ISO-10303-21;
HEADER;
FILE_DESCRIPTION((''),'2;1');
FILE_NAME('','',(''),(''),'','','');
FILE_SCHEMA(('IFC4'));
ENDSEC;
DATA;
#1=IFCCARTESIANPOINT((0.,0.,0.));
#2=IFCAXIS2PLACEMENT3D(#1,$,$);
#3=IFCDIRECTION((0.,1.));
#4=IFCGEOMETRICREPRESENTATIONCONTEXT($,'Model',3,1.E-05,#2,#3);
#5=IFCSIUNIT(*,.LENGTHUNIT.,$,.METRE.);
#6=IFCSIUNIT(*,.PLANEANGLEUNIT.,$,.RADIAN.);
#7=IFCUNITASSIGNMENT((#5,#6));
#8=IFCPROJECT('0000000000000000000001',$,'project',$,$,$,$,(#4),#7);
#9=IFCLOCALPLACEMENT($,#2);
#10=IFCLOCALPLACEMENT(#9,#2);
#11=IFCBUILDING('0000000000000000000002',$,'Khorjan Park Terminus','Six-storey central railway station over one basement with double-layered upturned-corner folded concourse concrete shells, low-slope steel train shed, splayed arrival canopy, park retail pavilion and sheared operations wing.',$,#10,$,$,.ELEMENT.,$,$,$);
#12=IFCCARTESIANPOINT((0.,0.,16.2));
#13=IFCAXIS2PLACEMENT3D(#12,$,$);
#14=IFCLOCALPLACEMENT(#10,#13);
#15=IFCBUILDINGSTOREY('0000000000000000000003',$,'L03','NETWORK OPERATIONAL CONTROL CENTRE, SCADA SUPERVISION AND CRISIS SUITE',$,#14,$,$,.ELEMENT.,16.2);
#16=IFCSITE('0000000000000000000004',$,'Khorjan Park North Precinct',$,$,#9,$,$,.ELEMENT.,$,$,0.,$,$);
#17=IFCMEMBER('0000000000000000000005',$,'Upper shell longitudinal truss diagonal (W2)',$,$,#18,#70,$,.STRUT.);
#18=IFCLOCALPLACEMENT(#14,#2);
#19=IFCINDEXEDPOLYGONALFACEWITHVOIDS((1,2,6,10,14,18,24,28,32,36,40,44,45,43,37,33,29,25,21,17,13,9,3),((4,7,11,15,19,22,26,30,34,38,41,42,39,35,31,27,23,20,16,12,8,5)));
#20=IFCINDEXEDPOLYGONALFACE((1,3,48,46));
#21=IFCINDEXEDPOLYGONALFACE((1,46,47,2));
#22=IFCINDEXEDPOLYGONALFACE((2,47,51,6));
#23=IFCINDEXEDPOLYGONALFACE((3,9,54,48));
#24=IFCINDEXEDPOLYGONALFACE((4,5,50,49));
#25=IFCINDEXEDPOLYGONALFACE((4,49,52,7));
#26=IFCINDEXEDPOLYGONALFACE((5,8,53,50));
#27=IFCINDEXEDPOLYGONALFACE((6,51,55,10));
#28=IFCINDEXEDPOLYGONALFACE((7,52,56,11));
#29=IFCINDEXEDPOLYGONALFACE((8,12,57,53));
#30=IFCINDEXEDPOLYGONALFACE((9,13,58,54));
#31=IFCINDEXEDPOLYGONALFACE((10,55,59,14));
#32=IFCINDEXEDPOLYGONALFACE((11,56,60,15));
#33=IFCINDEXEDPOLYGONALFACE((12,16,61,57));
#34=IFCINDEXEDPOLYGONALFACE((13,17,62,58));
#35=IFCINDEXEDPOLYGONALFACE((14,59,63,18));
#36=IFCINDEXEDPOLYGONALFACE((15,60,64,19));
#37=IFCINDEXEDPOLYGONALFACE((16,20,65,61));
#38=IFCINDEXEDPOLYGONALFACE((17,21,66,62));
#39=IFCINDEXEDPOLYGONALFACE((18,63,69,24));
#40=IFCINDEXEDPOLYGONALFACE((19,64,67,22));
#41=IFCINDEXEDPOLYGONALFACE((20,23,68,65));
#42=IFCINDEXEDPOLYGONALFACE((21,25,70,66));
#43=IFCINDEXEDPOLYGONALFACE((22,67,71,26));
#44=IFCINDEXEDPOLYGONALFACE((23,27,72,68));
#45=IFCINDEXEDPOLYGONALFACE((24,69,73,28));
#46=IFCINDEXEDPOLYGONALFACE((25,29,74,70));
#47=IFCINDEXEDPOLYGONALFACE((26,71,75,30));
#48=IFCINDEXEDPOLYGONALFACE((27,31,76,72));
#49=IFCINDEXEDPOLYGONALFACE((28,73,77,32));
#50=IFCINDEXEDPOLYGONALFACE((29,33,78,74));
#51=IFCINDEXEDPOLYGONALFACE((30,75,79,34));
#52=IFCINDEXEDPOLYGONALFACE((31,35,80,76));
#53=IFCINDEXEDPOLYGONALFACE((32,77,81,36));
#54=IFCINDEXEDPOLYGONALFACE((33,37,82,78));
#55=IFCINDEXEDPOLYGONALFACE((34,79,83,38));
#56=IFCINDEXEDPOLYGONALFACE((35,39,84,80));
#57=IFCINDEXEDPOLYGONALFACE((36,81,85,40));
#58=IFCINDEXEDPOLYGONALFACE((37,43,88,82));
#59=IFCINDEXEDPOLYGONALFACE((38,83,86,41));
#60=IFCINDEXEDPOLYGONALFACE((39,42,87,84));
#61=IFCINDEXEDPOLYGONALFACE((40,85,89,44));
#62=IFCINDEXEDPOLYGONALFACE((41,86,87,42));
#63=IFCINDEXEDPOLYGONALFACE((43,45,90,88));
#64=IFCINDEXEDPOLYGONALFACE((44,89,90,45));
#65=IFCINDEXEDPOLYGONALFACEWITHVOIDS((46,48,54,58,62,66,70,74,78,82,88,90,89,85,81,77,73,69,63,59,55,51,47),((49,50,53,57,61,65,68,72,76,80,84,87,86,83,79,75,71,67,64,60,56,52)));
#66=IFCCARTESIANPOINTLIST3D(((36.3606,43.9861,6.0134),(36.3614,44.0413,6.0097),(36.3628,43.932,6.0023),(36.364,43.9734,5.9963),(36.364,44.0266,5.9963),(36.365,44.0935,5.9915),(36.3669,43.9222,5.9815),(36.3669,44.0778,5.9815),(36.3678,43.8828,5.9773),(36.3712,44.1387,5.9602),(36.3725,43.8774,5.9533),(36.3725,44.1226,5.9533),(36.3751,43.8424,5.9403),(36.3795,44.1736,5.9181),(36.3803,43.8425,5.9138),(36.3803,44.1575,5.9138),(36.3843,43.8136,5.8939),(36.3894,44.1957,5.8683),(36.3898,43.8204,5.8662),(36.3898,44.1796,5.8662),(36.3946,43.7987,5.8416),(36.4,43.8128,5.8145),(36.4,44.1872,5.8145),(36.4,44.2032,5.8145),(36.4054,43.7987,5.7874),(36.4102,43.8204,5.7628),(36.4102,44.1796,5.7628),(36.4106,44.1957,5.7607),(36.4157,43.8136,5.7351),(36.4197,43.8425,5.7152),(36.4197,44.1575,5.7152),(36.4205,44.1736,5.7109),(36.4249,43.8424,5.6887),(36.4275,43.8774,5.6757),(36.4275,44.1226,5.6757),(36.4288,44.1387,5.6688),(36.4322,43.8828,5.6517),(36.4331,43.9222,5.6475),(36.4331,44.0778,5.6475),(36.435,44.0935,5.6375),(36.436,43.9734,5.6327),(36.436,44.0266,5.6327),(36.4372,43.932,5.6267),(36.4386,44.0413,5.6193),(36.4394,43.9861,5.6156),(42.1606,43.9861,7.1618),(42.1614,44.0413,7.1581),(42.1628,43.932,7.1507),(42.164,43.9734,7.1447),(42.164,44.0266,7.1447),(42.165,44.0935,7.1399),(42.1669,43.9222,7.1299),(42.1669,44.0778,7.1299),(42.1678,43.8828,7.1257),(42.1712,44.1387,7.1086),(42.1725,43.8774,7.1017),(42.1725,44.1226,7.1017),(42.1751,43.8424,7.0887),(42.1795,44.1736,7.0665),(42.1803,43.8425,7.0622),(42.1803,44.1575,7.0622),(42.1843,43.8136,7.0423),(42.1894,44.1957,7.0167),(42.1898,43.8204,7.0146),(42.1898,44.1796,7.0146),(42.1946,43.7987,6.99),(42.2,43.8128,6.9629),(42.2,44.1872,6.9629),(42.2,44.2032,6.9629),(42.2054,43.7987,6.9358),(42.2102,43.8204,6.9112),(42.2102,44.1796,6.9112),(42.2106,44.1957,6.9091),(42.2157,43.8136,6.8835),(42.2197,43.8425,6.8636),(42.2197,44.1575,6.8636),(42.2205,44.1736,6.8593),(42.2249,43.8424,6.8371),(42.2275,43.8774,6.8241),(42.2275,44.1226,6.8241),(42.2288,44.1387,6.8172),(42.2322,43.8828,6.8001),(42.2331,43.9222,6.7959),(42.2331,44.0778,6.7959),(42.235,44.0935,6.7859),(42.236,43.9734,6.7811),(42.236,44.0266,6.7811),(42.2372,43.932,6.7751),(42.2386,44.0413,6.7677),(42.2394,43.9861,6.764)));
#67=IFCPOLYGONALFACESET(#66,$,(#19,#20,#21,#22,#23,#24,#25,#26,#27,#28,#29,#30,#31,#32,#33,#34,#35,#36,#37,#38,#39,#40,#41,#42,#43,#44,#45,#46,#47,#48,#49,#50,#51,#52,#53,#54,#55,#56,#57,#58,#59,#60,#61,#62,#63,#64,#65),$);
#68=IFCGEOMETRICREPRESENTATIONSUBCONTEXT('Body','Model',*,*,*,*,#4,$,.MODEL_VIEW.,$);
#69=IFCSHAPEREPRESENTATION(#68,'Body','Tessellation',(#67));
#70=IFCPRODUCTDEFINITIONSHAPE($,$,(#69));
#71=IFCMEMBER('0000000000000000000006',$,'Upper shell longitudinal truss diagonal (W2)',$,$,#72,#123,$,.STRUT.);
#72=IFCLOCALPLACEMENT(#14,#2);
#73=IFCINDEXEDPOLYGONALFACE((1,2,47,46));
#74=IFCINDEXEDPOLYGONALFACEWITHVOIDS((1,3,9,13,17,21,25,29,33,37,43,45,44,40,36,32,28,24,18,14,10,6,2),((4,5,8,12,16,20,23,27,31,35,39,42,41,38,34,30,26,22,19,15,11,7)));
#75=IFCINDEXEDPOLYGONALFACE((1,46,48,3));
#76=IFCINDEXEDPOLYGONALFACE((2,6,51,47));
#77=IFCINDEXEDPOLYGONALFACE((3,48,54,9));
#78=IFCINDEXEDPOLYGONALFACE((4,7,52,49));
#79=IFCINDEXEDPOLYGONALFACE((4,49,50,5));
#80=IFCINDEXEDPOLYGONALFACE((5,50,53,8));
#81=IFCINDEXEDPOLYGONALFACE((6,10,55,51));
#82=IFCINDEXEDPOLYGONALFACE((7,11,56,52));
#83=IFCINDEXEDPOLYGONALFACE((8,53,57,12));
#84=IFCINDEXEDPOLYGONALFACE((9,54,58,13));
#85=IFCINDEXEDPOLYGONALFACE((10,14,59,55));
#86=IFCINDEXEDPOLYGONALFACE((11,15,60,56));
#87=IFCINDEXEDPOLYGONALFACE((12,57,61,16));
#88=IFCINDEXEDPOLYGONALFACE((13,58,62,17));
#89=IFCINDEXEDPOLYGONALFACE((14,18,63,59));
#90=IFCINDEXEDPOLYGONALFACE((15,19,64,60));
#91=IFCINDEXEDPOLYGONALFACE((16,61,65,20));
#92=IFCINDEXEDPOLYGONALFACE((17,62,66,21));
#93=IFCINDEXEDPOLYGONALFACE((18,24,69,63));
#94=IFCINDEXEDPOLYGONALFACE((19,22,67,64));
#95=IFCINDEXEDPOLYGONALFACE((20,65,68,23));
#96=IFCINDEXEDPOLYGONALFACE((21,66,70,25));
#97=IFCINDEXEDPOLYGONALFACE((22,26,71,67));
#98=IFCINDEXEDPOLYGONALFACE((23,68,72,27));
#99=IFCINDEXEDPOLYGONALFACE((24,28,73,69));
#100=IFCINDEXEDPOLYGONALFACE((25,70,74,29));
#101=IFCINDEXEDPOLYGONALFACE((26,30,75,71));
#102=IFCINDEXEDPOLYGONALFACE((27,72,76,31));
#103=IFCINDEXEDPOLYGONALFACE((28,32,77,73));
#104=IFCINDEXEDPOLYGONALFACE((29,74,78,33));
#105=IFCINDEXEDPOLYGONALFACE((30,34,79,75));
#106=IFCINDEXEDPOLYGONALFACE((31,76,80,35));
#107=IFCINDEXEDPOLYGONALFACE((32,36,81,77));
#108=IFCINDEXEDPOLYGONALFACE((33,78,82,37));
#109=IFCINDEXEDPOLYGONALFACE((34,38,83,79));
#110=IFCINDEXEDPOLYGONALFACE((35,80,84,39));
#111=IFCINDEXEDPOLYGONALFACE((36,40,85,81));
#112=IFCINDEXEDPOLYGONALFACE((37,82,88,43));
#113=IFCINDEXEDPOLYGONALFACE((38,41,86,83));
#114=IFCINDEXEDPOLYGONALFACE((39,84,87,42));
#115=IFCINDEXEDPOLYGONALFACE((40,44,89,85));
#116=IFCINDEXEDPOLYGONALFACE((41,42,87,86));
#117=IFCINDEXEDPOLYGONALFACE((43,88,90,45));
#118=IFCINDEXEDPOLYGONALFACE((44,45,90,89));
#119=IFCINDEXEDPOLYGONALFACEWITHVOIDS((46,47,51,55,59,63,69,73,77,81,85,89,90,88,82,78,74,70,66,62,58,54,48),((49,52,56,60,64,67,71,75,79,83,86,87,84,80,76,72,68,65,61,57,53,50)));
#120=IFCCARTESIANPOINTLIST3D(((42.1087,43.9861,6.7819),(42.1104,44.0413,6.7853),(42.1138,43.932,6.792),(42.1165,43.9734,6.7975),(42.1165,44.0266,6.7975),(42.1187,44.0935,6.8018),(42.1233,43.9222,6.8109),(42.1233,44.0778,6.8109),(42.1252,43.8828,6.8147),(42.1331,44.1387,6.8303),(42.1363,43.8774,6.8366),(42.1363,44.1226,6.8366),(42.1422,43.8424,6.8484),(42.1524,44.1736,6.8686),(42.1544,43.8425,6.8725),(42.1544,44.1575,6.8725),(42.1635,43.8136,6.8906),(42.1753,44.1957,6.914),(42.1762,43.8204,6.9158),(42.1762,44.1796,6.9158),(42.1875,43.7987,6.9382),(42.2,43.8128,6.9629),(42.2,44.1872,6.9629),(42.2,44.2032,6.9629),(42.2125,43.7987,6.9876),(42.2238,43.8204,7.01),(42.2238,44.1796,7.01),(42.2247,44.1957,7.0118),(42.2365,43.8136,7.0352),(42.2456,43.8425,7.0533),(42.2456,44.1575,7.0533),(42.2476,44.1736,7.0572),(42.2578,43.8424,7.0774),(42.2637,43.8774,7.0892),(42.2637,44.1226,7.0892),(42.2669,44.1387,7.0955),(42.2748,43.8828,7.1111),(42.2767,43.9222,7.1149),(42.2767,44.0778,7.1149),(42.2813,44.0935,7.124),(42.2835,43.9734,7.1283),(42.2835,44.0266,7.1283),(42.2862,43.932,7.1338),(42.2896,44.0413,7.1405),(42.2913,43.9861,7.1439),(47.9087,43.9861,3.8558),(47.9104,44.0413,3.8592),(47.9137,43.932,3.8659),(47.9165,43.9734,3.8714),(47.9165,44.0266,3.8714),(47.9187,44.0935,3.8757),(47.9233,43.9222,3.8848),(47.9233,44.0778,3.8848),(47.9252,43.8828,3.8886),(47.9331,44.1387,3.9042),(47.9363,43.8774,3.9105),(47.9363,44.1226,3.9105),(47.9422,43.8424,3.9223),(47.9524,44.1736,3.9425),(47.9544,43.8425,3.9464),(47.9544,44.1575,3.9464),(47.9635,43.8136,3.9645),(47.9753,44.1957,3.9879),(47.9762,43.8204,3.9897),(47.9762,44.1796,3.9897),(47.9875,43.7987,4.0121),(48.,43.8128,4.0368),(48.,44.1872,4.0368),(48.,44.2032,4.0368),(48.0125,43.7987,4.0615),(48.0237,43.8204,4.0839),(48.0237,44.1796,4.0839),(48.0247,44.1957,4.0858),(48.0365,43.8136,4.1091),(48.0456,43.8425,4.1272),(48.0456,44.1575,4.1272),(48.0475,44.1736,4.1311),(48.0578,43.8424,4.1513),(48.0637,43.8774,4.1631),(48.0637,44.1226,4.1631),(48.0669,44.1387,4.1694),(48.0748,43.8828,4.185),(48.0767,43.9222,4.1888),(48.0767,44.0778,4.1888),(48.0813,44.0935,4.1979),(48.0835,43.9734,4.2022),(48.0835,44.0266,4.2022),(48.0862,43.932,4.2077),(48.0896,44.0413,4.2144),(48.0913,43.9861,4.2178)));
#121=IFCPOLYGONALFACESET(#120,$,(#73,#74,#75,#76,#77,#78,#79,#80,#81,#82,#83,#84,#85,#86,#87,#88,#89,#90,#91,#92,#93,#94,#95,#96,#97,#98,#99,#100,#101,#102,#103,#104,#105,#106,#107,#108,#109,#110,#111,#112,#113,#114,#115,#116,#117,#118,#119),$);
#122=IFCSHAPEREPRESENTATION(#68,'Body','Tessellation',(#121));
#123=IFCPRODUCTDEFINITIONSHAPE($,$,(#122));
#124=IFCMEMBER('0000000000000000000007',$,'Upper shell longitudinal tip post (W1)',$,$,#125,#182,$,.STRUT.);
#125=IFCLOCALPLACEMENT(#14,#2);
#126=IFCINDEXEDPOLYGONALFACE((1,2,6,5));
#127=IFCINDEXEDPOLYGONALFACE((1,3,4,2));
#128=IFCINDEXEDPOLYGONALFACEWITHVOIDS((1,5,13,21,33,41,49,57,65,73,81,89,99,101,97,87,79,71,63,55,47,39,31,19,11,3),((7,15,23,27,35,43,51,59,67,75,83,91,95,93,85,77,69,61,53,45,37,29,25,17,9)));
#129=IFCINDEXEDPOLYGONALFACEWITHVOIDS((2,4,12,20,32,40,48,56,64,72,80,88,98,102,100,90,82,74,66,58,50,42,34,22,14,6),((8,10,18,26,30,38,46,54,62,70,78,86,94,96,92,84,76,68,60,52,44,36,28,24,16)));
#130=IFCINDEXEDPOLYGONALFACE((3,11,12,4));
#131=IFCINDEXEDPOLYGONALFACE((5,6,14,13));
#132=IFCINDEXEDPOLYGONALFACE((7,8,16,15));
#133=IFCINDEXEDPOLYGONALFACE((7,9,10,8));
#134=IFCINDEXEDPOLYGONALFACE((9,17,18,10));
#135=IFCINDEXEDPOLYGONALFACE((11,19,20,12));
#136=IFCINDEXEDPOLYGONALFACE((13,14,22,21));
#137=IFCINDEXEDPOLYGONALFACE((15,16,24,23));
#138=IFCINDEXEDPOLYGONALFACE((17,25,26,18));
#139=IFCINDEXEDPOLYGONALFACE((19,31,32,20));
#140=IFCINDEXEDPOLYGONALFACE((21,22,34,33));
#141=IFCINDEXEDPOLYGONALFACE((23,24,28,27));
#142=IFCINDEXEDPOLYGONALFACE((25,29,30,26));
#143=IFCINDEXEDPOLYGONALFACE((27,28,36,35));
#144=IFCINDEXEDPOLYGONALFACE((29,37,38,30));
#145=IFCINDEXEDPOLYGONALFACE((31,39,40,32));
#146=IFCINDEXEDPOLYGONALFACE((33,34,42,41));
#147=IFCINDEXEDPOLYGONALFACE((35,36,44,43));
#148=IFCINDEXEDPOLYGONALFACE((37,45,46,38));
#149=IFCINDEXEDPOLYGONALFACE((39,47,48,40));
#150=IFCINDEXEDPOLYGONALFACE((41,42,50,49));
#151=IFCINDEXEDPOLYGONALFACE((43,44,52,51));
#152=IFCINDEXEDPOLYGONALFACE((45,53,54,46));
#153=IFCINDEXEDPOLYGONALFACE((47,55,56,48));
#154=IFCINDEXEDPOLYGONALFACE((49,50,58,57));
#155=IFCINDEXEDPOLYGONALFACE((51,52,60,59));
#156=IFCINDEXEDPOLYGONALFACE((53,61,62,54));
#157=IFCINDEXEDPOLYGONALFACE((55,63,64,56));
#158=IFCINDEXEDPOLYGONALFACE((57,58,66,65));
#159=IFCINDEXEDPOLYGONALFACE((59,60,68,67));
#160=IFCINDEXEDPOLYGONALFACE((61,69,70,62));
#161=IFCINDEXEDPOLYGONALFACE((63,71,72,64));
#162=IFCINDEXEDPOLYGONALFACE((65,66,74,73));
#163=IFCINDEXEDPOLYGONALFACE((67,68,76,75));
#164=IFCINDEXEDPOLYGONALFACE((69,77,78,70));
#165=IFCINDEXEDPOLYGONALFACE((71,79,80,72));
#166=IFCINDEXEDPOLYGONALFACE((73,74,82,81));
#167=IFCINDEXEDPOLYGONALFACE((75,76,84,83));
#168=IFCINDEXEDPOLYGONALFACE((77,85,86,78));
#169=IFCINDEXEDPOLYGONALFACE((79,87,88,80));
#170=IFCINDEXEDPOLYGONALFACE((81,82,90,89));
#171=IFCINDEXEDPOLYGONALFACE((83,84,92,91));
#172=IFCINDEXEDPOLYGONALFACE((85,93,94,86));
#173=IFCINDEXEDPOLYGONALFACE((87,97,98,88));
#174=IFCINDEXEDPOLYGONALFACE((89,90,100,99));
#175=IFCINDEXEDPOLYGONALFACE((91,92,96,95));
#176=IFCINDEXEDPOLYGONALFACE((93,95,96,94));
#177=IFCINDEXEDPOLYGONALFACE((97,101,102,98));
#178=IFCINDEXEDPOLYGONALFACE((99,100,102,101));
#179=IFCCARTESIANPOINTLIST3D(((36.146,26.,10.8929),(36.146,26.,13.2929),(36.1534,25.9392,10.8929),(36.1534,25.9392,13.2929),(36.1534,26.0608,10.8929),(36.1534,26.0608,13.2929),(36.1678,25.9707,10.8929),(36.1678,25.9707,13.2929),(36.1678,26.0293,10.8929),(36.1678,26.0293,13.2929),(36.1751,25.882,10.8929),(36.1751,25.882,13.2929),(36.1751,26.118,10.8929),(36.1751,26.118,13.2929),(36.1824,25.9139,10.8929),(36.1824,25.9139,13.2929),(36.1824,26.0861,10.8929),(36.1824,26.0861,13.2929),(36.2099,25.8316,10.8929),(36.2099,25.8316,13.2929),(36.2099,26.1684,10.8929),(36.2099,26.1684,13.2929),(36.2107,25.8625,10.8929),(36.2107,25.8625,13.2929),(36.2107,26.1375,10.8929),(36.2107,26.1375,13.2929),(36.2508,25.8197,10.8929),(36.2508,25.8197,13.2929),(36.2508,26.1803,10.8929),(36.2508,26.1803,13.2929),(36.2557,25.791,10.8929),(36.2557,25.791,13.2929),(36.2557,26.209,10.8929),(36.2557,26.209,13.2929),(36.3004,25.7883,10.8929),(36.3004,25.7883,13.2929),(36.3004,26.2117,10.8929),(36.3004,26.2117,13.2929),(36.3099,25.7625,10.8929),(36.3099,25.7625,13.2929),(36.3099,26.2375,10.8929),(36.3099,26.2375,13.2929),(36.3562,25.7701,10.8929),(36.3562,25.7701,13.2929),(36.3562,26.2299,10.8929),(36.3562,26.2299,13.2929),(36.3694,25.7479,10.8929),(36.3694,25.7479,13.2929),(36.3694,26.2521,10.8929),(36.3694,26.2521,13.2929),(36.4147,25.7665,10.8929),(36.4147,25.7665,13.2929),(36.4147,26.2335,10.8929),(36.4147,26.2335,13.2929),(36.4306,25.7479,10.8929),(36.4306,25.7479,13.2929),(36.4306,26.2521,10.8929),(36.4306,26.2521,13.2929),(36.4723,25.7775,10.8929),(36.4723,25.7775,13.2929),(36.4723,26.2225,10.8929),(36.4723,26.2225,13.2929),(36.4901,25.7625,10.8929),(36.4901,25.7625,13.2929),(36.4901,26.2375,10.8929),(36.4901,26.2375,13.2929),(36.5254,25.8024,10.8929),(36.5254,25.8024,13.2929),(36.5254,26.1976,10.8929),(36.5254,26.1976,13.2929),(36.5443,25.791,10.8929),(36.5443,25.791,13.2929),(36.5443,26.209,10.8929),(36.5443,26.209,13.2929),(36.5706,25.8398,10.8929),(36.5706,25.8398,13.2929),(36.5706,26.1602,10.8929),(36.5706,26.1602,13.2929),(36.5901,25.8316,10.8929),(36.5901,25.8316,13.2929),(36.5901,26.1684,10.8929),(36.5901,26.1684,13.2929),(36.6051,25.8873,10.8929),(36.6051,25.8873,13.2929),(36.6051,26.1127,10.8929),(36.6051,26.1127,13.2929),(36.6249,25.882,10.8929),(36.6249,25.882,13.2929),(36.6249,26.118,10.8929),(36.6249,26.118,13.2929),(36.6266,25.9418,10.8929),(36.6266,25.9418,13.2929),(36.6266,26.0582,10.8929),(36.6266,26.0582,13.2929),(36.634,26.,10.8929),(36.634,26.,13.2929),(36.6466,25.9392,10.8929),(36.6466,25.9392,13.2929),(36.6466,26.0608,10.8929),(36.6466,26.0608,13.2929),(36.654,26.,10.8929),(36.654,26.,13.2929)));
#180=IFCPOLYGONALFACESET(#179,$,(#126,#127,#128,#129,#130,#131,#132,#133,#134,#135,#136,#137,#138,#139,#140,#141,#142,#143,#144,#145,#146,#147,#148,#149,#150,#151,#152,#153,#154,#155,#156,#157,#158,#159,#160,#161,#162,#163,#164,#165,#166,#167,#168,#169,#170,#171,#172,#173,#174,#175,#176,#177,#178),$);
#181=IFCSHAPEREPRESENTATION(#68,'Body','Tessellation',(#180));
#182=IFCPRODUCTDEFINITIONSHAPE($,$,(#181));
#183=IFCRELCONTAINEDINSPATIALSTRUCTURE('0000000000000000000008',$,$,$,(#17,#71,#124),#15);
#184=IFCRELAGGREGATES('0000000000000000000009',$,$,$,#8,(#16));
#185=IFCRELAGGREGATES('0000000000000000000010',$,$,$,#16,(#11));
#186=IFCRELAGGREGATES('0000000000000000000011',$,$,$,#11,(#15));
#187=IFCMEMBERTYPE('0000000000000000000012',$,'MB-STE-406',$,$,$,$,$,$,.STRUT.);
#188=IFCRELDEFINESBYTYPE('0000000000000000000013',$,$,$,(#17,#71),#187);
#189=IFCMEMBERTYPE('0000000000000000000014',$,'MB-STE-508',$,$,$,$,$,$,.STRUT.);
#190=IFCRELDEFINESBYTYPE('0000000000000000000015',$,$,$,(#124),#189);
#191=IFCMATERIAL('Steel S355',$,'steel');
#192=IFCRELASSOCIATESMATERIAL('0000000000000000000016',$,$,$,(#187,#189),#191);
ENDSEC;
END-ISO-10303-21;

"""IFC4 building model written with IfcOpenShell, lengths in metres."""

from ifc_helpers import new_model, si_unit, direction, frame, origin, origin_2d, place, context, subcontext, project, spatial, hollow_circle, extrude, material, material_profile, profile_set, type_object, element, save


model = new_model("IFC4")

# Units and contexts
model_context = context("Model", 3, precision=1e-05, world=origin(), true_north=direction((0.0, 1.0)))
body_context = subcontext(model_context, "Body", "Model", "MODEL_VIEW")
ifc_project = project(units=[si_unit("LENGTHUNIT", "METRE"), si_unit("PLANEANGLEUNIT", "RADIAN")], contexts=[model_context])

# Site, building, storey
site_placement = place(None, origin())
site = spatial("IfcSite", under=ifc_project, at=site_placement, Name="Khorjan Park North Precinct", CompositionType="ELEMENT", RefElevation=0.0)
building_placement = place(site_placement, origin())
building = spatial("IfcBuilding", under=site, at=building_placement, Name="Khorjan Park Terminus", Description="Six-storey central railway station over one basement with double-layered upturned-corner folded concourse concrete shells, low-slope steel train shed, splayed arrival canopy, park retail pavilion and sheared operations wing.", CompositionType="ELEMENT")
storey_placement = place(building_placement, frame((0.0, 0.0, 16.2)))
storey = spatial("IfcBuildingStorey", under=building, at=storey_placement, Name="L03", Description="NETWORK OPERATIONAL CONTROL CENTRE, SCADA SUPERVISION AND CRISIS SUITE", CompositionType="ELEMENT", Elevation=16.2)

# Members
ifc_material = material(Name="Steel S355", Category="steel")
ifc_material_profile_1 = material_profile(ifc_material, hollow_circle(Radius=0.2032, WallThickness=0.016, at=origin_2d()), Name="CHS 406.4x16")
ifc_profile_set_1 = profile_set([ifc_material_profile_1], Name="Steel S355")
member_type_1 = type_object("IfcMemberType", Name="MB-STE-406", PredefinedType="STRUT", material=ifc_profile_set_1)
member_1_placement = place(storey_placement, frame((36.4, 44.0, 5.8145), z_axis=(0.980956, 0.0, 0.194229), x_axis=(0.0, 1.0, 0.0)))
element("IfcMember", 1, at=member_1_placement, inside=storey, type_object=member_type_1, Name="Upper shell longitudinal truss diagonal (W2)", PredefinedType="STRUT", context=body_context, shape_type="SweptSolid", body=[
    extrude(hollow_circle(Radius=0.2032, WallThickness=0.016, at=origin_2d()), origin(), (0.0, 0.0, 1.0), 5.9126),
])
member_2_placement = place(storey_placement, frame((42.2, 44.0, 6.9629), z_axis=(0.892814, 0.0, -0.450425), x_axis=(0.0, 1.0, 0.0)))
element("IfcMember", 2, at=member_2_placement, inside=storey, type_object=member_type_1, Name="Upper shell longitudinal truss diagonal (W2)", PredefinedType="STRUT", context=body_context, shape_type="SweptSolid", body=[
    extrude(hollow_circle(Radius=0.2032, WallThickness=0.016, at=origin_2d()), origin(), (0.0, 0.0, 1.0), 6.4963),
])
ifc_material_profile_2 = material_profile(ifc_material, hollow_circle(Radius=0.254, WallThickness=0.02, at=origin_2d()), Name="CHS 508x20")
ifc_profile_set_2 = profile_set([ifc_material_profile_2], Name="Steel S355")
member_type_2 = type_object("IfcMemberType", Name="MB-STE-508", PredefinedType="STRUT", material=ifc_profile_set_2)
for number, where, z_axis, x_axis, name in (
    (3, (36.4, 26.0, 10.8929), (0.0, 0.0, 1.0), (1.0, 0.0, 0.0), "Upper shell longitudinal tip post (W1)"),
):
    element("IfcMember", number, at=place(storey_placement, frame(where, z_axis=z_axis, x_axis=x_axis)), inside=storey, type_object=member_type_2, Name=name, PredefinedType="STRUT", context=body_context, shape_type="SweptSolid", body=[
        extrude(hollow_circle(Radius=0.254, WallThickness=0.02, at=origin_2d()), origin(), (0.0, 0.0, 1.0), 2.4),
    ])

save(model, "model.ifc")
